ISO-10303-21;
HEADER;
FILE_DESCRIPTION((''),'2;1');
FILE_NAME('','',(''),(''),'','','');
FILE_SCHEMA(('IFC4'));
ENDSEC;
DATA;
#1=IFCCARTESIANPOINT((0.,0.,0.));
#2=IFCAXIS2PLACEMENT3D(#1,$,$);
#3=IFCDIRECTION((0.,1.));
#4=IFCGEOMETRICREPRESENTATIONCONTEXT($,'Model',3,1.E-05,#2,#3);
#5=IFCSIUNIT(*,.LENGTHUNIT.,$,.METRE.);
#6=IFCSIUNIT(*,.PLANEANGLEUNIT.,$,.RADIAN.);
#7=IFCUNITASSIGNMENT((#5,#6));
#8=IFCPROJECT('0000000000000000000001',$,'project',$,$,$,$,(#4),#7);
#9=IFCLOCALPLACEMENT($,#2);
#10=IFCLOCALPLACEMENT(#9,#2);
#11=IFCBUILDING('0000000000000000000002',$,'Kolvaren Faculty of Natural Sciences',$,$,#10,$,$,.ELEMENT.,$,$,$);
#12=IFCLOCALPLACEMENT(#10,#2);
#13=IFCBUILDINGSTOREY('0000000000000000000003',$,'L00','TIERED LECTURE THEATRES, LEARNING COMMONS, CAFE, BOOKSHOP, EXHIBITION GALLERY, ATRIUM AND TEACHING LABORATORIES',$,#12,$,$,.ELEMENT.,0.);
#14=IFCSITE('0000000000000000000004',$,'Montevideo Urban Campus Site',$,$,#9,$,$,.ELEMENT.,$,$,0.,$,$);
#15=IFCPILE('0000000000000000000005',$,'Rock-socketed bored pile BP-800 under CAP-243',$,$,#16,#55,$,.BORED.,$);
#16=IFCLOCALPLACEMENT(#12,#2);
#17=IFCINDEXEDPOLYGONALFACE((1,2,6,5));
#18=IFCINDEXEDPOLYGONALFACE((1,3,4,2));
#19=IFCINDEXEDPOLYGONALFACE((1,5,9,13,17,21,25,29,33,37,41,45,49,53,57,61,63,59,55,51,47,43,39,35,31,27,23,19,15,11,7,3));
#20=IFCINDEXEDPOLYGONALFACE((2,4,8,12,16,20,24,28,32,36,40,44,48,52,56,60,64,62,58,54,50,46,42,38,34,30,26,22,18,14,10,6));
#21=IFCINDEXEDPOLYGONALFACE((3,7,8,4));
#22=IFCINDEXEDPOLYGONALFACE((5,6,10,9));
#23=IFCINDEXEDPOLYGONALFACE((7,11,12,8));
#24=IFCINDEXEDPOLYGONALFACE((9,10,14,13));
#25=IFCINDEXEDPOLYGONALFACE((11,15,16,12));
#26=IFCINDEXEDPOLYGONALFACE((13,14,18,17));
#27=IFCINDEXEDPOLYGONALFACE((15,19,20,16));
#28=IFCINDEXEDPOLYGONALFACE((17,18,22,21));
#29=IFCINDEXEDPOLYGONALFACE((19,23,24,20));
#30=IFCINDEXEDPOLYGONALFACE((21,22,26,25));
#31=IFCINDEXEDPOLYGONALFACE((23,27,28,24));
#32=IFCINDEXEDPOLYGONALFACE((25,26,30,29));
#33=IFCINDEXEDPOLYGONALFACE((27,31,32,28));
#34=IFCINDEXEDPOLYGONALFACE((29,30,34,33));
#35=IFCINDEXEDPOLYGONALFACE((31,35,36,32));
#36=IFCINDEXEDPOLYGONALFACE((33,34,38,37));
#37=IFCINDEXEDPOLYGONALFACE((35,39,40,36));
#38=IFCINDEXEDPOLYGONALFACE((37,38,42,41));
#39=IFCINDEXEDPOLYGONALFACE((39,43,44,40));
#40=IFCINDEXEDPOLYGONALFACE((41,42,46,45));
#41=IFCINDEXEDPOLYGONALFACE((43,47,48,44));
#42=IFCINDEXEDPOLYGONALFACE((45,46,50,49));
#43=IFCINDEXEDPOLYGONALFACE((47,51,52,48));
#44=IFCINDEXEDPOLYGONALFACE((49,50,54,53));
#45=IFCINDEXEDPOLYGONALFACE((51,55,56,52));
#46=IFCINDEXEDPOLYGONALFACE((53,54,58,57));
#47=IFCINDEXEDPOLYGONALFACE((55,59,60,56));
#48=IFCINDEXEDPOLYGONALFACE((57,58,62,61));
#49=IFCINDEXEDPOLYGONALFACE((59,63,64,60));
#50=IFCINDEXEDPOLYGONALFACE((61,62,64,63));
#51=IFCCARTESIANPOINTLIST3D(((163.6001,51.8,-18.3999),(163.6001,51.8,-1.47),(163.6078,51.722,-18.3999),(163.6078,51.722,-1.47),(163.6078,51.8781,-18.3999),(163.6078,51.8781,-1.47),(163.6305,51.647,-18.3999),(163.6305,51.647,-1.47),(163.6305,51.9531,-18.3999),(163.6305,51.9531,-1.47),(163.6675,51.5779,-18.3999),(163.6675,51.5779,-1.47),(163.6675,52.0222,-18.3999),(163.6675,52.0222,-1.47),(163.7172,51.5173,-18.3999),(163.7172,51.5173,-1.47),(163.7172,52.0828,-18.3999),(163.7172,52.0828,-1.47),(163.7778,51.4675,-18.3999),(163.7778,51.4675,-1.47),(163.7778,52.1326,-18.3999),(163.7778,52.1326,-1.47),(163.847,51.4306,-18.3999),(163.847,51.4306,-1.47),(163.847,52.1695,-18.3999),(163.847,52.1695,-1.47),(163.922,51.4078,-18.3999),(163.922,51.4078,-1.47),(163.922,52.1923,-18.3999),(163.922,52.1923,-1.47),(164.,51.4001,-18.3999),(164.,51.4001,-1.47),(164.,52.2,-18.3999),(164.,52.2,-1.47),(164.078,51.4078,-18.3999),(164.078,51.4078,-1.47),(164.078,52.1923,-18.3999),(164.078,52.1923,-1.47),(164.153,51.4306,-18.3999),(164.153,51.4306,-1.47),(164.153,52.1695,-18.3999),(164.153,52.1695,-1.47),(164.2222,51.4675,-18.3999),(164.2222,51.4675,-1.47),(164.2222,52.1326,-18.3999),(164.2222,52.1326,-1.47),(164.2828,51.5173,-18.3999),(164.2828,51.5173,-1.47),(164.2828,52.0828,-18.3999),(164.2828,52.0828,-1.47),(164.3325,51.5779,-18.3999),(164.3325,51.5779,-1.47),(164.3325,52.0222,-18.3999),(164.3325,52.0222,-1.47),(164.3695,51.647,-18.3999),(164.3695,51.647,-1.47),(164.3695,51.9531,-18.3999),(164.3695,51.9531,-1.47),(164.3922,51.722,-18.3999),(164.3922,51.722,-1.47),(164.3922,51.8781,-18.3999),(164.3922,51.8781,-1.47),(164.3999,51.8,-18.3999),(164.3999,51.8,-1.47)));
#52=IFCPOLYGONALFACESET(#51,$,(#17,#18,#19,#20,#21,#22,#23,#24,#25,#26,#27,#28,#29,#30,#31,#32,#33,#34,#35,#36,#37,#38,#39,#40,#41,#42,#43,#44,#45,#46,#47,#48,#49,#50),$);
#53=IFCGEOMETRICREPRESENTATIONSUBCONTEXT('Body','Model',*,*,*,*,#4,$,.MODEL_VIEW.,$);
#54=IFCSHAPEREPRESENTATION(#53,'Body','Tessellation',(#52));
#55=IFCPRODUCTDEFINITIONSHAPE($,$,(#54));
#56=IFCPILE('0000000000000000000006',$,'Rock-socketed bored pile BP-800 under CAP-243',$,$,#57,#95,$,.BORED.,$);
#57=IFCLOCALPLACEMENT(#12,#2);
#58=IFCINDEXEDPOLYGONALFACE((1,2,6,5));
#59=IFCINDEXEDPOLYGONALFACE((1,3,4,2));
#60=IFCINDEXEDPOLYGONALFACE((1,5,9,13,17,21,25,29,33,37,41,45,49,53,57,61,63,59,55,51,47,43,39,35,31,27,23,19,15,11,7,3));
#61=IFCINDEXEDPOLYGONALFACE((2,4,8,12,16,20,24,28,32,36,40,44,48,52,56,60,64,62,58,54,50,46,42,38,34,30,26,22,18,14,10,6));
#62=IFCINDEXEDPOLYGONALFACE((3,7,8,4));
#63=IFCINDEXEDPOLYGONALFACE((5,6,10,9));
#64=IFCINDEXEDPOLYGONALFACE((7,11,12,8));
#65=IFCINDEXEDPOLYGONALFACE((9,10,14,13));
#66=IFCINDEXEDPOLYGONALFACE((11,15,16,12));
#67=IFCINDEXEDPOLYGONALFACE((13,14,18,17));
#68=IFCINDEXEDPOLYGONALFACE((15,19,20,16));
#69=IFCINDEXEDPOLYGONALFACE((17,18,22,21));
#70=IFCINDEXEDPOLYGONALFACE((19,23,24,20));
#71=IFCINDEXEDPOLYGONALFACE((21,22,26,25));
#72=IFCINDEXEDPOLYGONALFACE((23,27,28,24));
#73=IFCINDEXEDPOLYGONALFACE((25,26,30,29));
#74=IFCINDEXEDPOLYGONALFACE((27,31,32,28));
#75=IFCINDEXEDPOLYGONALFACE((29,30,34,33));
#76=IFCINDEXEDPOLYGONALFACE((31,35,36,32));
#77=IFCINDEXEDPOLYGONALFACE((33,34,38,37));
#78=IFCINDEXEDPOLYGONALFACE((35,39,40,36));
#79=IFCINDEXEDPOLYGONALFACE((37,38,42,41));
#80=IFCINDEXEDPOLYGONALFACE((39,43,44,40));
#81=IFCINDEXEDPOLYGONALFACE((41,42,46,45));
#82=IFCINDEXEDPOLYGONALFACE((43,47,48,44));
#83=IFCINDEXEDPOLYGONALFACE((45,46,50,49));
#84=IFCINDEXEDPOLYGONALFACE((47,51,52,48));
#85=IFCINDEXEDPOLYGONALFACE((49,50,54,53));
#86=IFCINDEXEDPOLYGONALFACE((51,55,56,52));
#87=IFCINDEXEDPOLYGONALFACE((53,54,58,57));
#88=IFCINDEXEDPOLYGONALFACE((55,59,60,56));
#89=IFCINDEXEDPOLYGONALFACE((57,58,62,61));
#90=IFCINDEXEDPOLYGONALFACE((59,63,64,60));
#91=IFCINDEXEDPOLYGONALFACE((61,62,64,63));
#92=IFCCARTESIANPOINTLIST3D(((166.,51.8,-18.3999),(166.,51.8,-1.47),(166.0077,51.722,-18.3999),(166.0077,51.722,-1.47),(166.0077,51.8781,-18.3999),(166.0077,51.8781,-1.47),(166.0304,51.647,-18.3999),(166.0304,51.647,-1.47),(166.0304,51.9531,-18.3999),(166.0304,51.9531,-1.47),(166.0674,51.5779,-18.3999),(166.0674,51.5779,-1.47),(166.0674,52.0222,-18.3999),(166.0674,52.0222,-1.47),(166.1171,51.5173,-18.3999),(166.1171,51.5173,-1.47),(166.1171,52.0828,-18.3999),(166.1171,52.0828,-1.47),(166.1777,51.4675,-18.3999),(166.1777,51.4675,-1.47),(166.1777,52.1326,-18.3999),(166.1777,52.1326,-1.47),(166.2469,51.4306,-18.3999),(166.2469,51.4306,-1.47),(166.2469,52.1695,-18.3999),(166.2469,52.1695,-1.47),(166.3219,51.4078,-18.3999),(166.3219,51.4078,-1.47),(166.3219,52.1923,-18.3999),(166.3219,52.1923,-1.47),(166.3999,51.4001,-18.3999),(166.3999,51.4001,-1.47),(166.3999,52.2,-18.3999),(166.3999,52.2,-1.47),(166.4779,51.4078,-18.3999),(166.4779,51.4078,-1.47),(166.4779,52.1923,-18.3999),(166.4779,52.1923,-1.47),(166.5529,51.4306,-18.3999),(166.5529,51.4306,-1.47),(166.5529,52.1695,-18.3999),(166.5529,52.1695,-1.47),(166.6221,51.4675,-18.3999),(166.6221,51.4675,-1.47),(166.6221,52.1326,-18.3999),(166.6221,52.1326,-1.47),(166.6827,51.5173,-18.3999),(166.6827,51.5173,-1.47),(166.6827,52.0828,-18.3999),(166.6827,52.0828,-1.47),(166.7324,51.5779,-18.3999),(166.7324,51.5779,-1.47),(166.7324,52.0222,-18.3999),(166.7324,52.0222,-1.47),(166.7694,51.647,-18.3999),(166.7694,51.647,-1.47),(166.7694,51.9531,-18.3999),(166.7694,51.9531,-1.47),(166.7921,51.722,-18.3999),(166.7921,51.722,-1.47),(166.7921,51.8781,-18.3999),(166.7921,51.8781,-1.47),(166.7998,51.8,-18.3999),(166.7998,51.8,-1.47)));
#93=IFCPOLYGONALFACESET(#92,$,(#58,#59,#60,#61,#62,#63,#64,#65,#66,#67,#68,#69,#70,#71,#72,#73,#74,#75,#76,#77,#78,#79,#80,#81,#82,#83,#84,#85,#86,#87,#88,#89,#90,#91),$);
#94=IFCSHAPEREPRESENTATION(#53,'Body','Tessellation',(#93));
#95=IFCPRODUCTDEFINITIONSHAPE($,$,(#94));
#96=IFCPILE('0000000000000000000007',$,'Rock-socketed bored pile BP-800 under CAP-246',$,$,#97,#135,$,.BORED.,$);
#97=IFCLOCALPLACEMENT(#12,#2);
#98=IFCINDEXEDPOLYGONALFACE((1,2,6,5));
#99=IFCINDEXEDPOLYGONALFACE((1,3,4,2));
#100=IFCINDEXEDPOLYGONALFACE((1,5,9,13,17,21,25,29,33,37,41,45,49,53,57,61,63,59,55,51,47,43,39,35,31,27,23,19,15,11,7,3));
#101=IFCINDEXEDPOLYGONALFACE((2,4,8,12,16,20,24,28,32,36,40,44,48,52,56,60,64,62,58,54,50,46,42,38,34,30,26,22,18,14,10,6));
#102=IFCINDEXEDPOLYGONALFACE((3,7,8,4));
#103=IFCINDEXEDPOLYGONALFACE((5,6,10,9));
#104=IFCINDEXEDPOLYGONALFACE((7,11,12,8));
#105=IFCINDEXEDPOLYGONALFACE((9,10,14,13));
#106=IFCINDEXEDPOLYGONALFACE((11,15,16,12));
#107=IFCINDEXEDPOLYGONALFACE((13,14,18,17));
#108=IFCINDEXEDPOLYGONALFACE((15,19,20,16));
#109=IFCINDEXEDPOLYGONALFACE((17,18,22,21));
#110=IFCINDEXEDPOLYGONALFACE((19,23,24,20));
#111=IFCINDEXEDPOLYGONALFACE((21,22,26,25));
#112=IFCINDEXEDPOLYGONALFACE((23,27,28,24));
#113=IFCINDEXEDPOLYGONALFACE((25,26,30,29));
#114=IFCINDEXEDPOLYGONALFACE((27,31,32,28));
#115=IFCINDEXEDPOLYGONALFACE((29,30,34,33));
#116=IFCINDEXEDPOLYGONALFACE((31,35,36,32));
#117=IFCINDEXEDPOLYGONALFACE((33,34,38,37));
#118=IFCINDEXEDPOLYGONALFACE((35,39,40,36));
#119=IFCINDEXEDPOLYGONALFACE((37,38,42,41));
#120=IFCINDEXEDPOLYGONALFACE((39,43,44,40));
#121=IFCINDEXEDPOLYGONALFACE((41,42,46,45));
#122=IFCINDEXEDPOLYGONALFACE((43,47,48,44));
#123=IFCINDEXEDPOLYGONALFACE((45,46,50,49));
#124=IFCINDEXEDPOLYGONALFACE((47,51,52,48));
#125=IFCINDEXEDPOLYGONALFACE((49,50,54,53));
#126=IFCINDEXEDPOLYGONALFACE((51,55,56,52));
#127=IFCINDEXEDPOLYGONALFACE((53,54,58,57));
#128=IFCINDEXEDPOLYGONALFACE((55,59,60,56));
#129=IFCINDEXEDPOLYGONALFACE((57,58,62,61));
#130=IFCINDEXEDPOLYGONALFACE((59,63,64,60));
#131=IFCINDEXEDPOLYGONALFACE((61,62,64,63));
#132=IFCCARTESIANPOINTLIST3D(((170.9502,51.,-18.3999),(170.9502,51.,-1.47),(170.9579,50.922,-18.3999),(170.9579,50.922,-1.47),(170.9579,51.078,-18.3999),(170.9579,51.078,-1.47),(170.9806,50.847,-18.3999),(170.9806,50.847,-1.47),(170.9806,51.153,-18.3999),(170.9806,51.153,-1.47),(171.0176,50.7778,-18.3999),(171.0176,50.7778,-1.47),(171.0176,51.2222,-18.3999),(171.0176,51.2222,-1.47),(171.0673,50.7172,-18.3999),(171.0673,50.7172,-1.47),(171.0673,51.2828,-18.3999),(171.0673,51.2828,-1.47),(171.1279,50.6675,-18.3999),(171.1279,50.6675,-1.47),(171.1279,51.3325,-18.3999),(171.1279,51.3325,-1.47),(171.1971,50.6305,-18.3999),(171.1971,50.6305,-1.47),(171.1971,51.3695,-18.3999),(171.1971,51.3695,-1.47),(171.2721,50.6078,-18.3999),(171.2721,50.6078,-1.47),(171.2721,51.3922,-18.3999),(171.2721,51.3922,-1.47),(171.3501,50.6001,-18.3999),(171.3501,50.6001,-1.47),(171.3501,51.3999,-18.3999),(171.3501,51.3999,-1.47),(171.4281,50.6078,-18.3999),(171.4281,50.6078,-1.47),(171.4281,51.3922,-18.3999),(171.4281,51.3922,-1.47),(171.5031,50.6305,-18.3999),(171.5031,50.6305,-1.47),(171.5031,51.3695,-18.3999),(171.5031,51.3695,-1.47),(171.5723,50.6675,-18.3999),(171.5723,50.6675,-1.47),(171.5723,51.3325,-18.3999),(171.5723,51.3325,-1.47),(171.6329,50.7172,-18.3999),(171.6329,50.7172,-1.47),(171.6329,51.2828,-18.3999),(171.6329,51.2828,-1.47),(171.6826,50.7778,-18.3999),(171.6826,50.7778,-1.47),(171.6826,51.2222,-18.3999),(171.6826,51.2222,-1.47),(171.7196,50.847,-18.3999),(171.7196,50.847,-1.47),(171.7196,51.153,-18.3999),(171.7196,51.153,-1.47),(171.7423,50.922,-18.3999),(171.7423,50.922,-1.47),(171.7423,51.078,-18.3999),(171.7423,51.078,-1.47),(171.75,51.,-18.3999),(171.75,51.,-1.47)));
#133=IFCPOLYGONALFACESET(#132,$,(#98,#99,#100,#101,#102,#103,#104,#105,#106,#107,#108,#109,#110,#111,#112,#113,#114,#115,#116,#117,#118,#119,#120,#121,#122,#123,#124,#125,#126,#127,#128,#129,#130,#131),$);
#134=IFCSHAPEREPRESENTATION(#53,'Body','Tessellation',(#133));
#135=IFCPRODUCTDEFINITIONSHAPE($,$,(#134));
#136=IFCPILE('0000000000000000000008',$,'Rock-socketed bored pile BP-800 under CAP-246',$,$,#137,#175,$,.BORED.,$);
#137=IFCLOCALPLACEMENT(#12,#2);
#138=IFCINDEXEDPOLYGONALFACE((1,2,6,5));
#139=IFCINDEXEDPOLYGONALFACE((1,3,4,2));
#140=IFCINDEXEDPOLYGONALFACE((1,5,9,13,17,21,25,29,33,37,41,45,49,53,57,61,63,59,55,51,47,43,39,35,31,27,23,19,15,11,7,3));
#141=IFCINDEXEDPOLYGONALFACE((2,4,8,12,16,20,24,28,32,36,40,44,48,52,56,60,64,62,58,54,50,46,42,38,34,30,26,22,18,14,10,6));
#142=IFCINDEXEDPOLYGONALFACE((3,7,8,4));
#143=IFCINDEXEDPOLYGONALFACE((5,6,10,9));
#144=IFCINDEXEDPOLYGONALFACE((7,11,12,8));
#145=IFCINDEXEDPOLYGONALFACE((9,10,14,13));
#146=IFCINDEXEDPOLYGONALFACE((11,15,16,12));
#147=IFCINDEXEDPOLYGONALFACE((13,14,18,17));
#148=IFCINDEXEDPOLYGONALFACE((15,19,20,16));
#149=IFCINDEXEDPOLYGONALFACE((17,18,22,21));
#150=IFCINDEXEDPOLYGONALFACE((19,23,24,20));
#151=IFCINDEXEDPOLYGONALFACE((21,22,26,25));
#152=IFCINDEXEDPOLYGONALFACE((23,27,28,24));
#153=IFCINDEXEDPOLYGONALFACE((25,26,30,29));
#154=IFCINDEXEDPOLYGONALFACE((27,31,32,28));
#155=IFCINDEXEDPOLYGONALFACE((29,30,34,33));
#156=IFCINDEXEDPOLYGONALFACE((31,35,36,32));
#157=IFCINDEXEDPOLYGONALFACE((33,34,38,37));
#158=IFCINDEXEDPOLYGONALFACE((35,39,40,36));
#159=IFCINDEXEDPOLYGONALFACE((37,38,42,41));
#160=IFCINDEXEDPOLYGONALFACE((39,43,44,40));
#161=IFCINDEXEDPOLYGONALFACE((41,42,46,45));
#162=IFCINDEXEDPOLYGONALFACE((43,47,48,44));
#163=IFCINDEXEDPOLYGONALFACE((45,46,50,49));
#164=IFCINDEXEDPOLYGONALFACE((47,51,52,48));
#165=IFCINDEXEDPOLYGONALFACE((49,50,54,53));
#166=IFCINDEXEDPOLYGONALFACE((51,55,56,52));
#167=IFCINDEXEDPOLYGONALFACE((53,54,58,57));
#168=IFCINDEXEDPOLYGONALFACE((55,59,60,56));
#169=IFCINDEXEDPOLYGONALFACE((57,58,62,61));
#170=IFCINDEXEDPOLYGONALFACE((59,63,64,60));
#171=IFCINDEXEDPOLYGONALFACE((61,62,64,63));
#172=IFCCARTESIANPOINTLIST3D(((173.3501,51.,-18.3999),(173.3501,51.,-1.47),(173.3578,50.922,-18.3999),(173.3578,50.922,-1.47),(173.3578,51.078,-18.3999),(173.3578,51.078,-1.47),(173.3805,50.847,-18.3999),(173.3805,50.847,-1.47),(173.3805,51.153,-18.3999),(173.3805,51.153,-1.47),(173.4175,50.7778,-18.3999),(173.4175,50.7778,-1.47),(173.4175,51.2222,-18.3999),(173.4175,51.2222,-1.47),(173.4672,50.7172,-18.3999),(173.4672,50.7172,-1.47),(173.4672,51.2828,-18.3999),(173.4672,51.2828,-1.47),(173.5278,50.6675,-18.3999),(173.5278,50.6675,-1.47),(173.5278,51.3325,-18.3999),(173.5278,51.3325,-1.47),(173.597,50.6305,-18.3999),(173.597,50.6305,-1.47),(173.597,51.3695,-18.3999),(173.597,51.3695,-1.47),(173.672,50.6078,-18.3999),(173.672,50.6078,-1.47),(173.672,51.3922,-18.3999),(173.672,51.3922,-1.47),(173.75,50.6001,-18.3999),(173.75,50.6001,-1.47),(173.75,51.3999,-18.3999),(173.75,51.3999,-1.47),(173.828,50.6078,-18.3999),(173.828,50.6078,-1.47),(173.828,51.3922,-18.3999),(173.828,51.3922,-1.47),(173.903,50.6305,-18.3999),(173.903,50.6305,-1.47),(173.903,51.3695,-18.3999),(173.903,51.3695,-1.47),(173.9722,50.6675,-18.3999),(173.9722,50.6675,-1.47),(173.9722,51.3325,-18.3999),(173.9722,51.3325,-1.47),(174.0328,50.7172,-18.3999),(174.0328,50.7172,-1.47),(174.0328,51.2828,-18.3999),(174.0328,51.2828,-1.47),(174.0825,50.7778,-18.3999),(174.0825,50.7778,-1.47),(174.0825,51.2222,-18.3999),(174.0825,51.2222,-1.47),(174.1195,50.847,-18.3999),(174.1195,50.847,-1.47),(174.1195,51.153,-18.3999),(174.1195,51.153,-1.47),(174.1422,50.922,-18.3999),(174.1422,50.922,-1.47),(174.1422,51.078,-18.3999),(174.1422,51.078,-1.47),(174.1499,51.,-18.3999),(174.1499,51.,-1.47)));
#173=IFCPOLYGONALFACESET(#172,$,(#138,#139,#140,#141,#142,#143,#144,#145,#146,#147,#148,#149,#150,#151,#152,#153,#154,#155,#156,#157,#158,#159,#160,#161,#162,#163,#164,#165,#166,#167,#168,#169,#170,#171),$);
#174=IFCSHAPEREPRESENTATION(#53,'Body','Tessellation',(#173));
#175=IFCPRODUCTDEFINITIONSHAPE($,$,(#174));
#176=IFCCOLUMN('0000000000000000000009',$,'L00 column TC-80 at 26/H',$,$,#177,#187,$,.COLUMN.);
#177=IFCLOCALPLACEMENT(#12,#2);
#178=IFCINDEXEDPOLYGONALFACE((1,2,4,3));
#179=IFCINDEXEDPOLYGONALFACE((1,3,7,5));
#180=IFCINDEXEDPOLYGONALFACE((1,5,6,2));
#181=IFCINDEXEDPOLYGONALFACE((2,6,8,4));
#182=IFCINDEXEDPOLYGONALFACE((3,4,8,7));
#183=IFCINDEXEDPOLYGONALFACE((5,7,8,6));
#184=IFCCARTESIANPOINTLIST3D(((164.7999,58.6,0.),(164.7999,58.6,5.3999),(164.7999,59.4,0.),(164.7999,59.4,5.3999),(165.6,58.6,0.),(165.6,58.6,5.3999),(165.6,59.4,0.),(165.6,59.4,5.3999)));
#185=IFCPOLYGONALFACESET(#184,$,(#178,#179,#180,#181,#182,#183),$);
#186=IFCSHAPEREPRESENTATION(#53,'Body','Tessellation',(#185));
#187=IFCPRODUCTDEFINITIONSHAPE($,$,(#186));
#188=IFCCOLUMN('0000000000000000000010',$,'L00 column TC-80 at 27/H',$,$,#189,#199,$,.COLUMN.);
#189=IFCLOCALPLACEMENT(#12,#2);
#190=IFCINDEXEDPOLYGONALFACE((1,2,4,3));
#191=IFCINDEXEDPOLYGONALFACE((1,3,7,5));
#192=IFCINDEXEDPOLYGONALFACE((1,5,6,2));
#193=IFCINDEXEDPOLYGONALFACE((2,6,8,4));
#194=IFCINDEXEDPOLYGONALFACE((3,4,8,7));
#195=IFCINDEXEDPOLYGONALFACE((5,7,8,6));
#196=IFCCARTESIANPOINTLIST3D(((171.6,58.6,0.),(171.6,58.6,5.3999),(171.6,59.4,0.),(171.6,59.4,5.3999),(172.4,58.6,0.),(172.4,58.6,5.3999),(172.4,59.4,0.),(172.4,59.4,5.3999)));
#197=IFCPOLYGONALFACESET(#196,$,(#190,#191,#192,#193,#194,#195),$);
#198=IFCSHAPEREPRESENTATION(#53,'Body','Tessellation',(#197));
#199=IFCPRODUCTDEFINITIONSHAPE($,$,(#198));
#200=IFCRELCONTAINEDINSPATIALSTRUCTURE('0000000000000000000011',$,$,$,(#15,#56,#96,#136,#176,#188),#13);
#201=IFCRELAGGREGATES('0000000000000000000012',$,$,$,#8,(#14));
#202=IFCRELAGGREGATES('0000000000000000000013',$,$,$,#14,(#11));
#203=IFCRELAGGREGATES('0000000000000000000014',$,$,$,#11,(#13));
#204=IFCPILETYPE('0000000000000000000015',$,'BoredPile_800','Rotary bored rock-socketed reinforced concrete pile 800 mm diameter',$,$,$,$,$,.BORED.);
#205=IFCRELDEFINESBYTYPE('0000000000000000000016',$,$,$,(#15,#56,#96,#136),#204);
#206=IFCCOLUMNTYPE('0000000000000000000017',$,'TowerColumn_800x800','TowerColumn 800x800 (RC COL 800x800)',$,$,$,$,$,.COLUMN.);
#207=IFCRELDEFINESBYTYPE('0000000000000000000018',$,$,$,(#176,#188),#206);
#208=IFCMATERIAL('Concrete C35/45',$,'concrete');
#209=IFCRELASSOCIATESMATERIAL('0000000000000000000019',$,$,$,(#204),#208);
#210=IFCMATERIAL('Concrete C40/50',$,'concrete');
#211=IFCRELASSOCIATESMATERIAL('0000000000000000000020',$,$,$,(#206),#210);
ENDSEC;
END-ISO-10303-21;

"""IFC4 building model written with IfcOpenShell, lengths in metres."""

from ifc_helpers import new_model, si_unit, direction, frame, origin, origin_2d, place, context, subcontext, project, spatial, rectangle, circle, extrude, material, material_profile, profile_set, type_object, element, save


model = new_model("IFC4")

# Units and contexts
model_context = context("Model", 3, precision=1e-05, world=origin(), true_north=direction((0.0, 1.0)))
body_context = subcontext(model_context, "Body", "Model", "MODEL_VIEW")
ifc_project = project(units=[si_unit("LENGTHUNIT", "METRE"), si_unit("PLANEANGLEUNIT", "RADIAN")], contexts=[model_context])

# Site, building, storey
site_placement = place(None, origin())
site = spatial("IfcSite", under=ifc_project, at=site_placement, Name="Montevideo Urban Campus Site", CompositionType="ELEMENT", RefElevation=0.0)
building_placement = place(site_placement, origin())
building = spatial("IfcBuilding", under=site, at=building_placement, Name="Kolvaren Faculty of Natural Sciences", CompositionType="ELEMENT")
storey_placement = place(building_placement, origin())
storey = spatial("IfcBuildingStorey", under=building, at=storey_placement, Name="L00", Description="TIERED LECTURE THEATRES, LEARNING COMMONS, CAFE, BOOKSHOP, EXHIBITION GALLERY, ATRIUM AND TEACHING LABORATORIES", CompositionType="ELEMENT", Elevation=0.0)

# Piles
ifc_material_1 = material(Name="Concrete C35/45", Category="concrete")
ifc_material_profile_1 = material_profile(ifc_material_1, circle(Radius=0.3999, at=origin_2d()), Name="PILE D800")
ifc_profile_set_1 = profile_set([ifc_material_profile_1], Name="Concrete C35/45")
pile_type = type_object("IfcPileType", Name="BoredPile_800", Description="Rotary bored rock-socketed reinforced concrete pile 800 mm diameter", PredefinedType="BORED", material=ifc_profile_set_1)
for number, where, z_axis, x_axis, name in (
    (1, (164.0, 51.8, -1.47), (0.0, 0.0, -1.0), (1.0, 0.0, 0.0), "Rock-socketed bored pile BP-800 under CAP-243"),
    (2, (166.3999, 51.8, -1.47), (0.0, 0.0, -1.0), (1.0, 0.0, 0.0), "Rock-socketed bored pile BP-800 under CAP-243"),
    (3, (171.3501, 51.0, -1.47), (0.0, 0.0, -1.0), (1.0, 0.0, 0.0), "Rock-socketed bored pile BP-800 under CAP-246"),
    (4, (173.75, 51.0, -1.47), (0.0, 0.0, -1.0), (1.0, 0.0, 0.0), "Rock-socketed bored pile BP-800 under CAP-246"),
):
    element("IfcPile", number, at=place(storey_placement, frame(where, z_axis=z_axis, x_axis=x_axis)), inside=storey, type_object=pile_type, Name=name, PredefinedType="BORED", context=body_context, shape_type="SweptSolid", body=[
        extrude(circle(Radius=0.3999, at=origin_2d()), origin(), (0.0, 0.0, 1.0), 16.9299),
    ])

# Columns
ifc_material_2 = material(Name="Concrete C40/50", Category="concrete")
ifc_material_profile_2 = material_profile(ifc_material_2, rectangle(XDim=0.8, YDim=0.8, at=origin_2d()), Name="RC COL 800x800")
ifc_profile_set_2 = profile_set([ifc_material_profile_2], Name="Concrete C40/50")
column_type = type_object("IfcColumnType", Name="TowerColumn_800x800", Description="TowerColumn 800x800 (RC COL 800x800)", PredefinedType="COLUMN", material=ifc_profile_set_2)
for number, where, z_axis, x_axis, name in (
    (5, (165.2, 59.0, 0.0), (0.0, 0.0, 1.0), (1.0, 0.0, 0.0), "L00 column TC-80 at 26/H"),
    (6, (172.0, 59.0, 0.0), (0.0, 0.0, 1.0), (1.0, 0.0, 0.0), "L00 column TC-80 at 27/H"),
):
    element("IfcColumn", number, at=place(storey_placement, frame(where, z_axis=z_axis, x_axis=x_axis)), inside=storey, type_object=column_type, Name=name, PredefinedType="COLUMN", context=body_context, shape_type="SweptSolid", body=[
        extrude(rectangle(XDim=0.8, YDim=0.8, at=origin_2d()), origin(), (0.0, 0.0, 1.0), 5.3999),
    ])

save(model, "model.ifc")
